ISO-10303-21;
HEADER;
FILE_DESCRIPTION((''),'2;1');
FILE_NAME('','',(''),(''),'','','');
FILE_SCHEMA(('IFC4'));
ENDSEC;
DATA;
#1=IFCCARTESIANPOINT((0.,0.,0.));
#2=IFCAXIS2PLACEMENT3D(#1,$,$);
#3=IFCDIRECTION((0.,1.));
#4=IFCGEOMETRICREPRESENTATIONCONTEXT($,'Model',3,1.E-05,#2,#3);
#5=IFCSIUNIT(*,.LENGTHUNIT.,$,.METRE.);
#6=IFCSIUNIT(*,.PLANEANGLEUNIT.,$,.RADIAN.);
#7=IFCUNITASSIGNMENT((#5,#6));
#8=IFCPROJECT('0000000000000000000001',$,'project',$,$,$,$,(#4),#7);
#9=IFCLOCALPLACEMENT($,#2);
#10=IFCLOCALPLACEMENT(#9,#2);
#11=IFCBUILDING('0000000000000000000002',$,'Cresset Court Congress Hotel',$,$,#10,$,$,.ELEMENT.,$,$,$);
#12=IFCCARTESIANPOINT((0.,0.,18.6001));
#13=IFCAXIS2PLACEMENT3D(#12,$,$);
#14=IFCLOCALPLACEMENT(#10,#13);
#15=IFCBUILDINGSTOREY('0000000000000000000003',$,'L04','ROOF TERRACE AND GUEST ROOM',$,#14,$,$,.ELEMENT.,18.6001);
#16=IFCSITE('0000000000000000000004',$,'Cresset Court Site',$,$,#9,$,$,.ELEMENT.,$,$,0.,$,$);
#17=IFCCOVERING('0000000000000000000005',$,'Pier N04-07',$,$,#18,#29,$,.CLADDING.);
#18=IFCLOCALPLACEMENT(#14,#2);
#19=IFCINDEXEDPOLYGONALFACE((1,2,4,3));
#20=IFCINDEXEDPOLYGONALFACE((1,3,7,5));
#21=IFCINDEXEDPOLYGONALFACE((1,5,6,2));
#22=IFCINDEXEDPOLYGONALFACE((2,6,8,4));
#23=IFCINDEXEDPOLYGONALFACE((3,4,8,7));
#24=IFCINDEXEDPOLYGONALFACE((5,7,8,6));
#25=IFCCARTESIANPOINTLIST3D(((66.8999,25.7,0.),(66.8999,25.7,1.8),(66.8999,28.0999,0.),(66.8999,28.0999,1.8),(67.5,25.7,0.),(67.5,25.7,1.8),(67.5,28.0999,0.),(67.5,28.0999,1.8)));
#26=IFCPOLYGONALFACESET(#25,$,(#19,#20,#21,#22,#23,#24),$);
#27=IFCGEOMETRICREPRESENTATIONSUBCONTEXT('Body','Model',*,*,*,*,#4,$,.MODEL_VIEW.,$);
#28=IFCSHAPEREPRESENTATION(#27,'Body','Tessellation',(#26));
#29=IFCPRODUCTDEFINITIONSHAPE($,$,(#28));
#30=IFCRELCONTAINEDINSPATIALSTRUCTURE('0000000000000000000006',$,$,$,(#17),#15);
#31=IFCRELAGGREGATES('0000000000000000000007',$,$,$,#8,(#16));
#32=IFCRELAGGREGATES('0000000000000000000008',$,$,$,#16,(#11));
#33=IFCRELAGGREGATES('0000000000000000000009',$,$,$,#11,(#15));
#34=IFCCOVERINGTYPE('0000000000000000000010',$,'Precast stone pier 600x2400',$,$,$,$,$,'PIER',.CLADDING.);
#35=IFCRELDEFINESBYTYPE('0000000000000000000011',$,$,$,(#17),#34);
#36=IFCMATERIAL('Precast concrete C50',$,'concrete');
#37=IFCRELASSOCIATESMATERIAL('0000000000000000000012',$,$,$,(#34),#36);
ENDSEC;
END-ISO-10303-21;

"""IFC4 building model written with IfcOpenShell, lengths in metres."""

from ifc_helpers import new_model, si_unit, direction, frame, origin, origin_2d, place, context, subcontext, project, spatial, rectangle, extrude, material, type_object, element, save


model = new_model("IFC4")

# Units and contexts
model_context = context("Model", 3, precision=1e-05, world=origin(), true_north=direction((0.0, 1.0)))
body_context = subcontext(model_context, "Body", "Model", "MODEL_VIEW")
ifc_project = project(units=[si_unit("LENGTHUNIT", "METRE"), si_unit("PLANEANGLEUNIT", "RADIAN")], contexts=[model_context])

# Site, building, storey
site_placement = place(None, origin())
site = spatial("IfcSite", under=ifc_project, at=site_placement, Name="Cresset Court Site", CompositionType="ELEMENT", RefElevation=0.0)
building_placement = place(site_placement, origin())
building = spatial("IfcBuilding", under=site, at=building_placement, Name="Cresset Court Congress Hotel", CompositionType="ELEMENT")
storey_placement = place(building_placement, frame((0.0, 0.0, 18.6001)))
storey = spatial("IfcBuildingStorey", under=building, at=storey_placement, Name="L04", Description="ROOF TERRACE AND GUEST ROOM", CompositionType="ELEMENT", Elevation=18.6001)

# Covering
ifc_material_1 = material(Name="Precast concrete C50", Category="concrete")
covering_type = type_object("IfcCoveringType", Name="Precast stone pier 600x2400", ElementType="PIER", PredefinedType="CLADDING", material=ifc_material_1)
covering_placement = place(storey_placement, frame((67.2, 26.8999, 0.0), z_axis=(0.0, 0.0, 1.0), x_axis=(1.0, 0.0, 0.0)))
element("IfcCovering", 1, at=covering_placement, inside=storey, type_object=covering_type, Name="Pier N04-07", PredefinedType="CLADDING", context=body_context, shape_type="SweptSolid", body=[
    extrude(rectangle(XDim=0.6001, YDim=2.3999, at=origin_2d()), origin(), (0.0, 0.0, 1.0), 1.8),
])

save(model, "model.ifc")
